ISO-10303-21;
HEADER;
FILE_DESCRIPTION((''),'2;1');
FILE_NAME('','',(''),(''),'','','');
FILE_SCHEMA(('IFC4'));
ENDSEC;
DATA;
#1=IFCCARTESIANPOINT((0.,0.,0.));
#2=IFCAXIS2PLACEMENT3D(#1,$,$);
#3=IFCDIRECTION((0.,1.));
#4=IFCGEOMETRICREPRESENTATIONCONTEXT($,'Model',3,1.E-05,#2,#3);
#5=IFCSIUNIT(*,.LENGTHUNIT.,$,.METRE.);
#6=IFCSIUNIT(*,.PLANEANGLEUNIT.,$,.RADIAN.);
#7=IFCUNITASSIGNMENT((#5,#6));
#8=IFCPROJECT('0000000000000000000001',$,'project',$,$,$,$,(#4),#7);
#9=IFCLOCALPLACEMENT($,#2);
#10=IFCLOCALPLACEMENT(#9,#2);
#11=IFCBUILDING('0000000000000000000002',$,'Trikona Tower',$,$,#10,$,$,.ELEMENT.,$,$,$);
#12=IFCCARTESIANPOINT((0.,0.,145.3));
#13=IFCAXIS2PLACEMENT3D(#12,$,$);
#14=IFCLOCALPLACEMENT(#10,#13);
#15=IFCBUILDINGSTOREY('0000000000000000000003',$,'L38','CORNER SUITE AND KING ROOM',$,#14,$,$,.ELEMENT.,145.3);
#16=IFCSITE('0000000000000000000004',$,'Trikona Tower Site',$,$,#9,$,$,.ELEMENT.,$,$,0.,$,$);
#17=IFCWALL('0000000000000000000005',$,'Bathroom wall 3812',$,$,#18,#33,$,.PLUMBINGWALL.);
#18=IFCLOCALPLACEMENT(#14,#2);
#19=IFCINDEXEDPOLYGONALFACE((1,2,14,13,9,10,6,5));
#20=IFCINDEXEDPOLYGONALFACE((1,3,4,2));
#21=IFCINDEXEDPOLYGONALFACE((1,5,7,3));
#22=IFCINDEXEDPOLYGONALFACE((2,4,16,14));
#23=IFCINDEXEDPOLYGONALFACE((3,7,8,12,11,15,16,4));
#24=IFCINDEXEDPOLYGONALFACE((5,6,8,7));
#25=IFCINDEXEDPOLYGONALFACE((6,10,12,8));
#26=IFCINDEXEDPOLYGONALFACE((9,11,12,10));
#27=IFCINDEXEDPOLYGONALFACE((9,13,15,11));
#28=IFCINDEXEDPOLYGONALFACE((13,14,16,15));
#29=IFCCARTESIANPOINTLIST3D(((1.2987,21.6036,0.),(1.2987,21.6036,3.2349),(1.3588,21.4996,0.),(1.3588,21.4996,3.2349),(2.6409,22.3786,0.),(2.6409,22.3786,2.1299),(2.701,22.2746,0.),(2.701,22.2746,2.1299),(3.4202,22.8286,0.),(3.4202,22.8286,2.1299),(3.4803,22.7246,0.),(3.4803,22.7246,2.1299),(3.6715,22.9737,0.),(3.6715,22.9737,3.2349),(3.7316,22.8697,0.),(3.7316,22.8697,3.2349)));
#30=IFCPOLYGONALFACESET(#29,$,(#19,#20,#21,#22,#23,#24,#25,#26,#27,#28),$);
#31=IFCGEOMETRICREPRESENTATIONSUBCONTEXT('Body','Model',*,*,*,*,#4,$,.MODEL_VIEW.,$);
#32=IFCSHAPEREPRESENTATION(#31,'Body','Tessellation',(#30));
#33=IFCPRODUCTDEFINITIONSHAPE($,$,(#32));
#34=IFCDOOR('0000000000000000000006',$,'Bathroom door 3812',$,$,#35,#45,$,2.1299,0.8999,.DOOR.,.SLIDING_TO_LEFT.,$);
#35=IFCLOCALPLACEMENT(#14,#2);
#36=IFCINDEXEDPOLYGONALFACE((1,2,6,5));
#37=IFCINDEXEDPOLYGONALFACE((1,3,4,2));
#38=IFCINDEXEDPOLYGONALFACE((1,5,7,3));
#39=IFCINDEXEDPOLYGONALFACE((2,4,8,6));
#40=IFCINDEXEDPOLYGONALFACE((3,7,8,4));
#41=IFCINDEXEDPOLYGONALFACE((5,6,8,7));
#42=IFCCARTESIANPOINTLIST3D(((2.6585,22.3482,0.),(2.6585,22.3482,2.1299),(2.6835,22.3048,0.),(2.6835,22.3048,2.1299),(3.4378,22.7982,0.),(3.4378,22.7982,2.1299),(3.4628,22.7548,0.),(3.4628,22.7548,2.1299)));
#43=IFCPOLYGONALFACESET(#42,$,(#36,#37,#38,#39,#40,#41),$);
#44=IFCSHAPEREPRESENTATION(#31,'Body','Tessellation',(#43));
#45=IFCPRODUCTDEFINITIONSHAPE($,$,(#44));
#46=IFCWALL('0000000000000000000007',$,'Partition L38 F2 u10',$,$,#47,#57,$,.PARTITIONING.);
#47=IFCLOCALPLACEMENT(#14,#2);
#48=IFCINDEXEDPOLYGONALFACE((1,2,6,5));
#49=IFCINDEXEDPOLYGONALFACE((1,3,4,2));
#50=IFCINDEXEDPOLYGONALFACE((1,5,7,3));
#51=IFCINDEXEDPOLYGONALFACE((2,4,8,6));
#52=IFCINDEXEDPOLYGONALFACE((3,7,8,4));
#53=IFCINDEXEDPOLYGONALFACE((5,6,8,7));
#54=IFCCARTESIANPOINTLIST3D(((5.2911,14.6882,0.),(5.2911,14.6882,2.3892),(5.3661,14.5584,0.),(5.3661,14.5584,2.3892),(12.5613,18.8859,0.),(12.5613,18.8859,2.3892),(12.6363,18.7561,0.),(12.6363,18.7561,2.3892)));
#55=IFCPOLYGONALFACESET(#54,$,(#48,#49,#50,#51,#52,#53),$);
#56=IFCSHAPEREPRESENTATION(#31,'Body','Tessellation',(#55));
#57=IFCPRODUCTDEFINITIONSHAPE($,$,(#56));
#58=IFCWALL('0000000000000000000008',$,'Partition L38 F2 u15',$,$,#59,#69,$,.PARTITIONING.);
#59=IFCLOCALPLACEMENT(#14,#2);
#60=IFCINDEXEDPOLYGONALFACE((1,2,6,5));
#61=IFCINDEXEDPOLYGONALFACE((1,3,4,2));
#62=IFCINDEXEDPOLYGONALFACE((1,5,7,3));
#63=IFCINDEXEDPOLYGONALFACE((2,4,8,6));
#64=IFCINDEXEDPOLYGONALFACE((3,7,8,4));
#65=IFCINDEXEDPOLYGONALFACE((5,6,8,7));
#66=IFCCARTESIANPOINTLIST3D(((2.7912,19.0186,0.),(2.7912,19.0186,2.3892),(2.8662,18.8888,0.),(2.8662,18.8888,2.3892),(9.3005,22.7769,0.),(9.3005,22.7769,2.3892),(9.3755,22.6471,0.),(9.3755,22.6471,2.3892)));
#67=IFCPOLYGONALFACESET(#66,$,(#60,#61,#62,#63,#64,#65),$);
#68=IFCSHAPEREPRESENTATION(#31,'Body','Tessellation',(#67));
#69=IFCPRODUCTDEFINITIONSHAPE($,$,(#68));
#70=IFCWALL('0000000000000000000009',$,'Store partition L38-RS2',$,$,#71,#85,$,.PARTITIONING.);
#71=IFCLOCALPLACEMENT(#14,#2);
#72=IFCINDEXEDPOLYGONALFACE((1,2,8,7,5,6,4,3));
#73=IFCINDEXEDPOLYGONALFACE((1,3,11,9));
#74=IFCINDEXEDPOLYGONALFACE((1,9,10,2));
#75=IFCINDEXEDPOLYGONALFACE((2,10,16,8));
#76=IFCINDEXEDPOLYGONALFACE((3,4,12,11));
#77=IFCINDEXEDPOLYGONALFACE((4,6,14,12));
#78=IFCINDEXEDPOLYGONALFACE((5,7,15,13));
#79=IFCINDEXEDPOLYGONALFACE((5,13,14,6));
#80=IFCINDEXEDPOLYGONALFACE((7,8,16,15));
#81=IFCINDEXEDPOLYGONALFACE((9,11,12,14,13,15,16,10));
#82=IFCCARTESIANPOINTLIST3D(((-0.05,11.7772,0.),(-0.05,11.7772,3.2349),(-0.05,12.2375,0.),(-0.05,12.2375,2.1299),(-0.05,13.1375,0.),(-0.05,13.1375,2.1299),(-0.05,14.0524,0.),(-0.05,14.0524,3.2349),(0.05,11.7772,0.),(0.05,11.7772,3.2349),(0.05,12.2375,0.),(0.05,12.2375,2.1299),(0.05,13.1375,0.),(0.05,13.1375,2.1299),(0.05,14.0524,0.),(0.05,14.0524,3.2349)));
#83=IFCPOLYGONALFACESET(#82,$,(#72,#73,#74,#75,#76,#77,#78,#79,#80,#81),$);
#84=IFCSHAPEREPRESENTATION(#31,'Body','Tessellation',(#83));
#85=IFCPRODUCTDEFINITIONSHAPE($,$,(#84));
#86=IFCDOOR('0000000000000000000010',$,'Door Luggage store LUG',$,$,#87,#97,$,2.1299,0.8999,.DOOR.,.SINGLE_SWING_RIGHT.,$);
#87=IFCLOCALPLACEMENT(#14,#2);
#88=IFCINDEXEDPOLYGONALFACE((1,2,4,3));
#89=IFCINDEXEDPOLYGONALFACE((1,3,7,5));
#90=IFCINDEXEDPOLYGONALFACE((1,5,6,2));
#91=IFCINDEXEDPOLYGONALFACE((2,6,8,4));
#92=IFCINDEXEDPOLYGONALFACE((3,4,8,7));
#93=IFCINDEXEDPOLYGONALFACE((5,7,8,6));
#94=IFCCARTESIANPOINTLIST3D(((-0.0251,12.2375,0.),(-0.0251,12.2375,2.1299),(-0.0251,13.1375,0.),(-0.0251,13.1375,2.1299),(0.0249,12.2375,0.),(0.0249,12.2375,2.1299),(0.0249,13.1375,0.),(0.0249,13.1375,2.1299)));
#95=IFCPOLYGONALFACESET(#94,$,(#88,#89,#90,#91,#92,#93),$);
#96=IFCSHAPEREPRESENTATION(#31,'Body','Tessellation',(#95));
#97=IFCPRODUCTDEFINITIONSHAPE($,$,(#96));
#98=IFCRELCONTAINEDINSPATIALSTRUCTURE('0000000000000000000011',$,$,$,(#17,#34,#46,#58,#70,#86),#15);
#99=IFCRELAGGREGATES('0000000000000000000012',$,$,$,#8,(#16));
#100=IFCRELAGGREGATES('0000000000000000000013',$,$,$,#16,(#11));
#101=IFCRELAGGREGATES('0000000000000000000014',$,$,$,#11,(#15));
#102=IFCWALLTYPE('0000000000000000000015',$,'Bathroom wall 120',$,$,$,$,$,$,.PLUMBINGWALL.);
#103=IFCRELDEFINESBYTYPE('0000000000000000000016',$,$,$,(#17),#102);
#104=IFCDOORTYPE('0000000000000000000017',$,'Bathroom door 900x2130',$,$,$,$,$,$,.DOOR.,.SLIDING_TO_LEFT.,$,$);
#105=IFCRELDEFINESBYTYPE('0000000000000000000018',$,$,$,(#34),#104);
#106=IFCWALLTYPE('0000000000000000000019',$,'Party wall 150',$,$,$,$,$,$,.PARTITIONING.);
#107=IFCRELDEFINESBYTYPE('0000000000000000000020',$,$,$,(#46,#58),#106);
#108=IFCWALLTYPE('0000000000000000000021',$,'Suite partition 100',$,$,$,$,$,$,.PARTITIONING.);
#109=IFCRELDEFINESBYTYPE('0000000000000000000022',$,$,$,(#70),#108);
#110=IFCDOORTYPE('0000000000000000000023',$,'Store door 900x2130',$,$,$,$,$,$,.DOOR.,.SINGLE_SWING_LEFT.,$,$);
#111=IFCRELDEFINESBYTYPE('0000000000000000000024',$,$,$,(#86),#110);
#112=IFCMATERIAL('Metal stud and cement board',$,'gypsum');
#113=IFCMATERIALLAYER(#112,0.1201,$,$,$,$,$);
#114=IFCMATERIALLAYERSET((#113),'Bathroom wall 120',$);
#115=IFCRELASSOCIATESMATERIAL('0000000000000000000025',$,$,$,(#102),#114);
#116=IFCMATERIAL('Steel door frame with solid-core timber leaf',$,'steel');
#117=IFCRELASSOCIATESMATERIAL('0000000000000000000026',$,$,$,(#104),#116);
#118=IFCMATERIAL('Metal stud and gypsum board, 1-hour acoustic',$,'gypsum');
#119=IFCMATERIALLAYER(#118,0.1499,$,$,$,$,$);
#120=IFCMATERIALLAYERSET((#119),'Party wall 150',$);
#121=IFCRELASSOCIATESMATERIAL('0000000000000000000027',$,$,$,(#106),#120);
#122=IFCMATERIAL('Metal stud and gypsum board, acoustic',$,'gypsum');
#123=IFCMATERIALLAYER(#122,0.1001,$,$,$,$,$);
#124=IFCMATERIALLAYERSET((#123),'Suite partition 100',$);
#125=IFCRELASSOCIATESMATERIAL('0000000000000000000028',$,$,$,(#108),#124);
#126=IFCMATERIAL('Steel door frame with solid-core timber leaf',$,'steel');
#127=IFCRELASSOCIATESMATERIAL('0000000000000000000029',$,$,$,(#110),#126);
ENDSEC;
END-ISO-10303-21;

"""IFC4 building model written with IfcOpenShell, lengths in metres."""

from ifc_helpers import new_model, si_unit, direction, frame, frame_2d, origin, place, context, subcontext, project, spatial, rectangle, extrude, material, layer, layer_set, type_object, element, fill, save


model = new_model("IFC4")

# Units and contexts
model_context = context("Model", 3, precision=1e-05, world=origin(), true_north=direction((0.0, 1.0)))
body_context = subcontext(model_context, "Body", "Model", "MODEL_VIEW")
ifc_project = project(units=[si_unit("LENGTHUNIT", "METRE"), si_unit("PLANEANGLEUNIT", "RADIAN")], contexts=[model_context])

# Site, building, storey
site_placement = place(None, origin())
site = spatial("IfcSite", under=ifc_project, at=site_placement, Name="Trikona Tower Site", CompositionType="ELEMENT", RefElevation=0.0)
building_placement = place(site_placement, origin())
building = spatial("IfcBuilding", under=site, at=building_placement, Name="Trikona Tower", CompositionType="ELEMENT")
storey_placement = place(building_placement, frame((0.0, 0.0, 145.3)))
storey = spatial("IfcBuildingStorey", under=building, at=storey_placement, Name="L38", Description="CORNER SUITE AND KING ROOM", CompositionType="ELEMENT", Elevation=145.3)

# Shared definitions
ifc_material_1 = material(Name="Metal stud and cement board", Category="gypsum")
ifc_layer_1 = layer(ifc_material_1, 0.1201)
ifc_layer_set_1 = layer_set([ifc_layer_1], Name="Bathroom wall 120")
wall_type_1 = type_object("IfcWallType", Name="Bathroom wall 120", PredefinedType="PLUMBINGWALL", material=ifc_layer_set_1)

# Shared definitions
ifc_material_2 = material(Name="Steel door frame with solid-core timber leaf", Category="steel")
door_type_1 = type_object("IfcDoorType", Name="Bathroom door 900x2130", OperationType="SLIDING_TO_LEFT", PredefinedType="DOOR", material=ifc_material_2)

# Wall, opening, door
wall_1_placement = place(storey_placement, frame((1.3286, 21.5515, 0.0), z_axis=(0.0, 0.0, 1.0), x_axis=(0.865997, 0.500049, 0.0)))
wall_1 = element("IfcWall", 1, at=wall_1_placement, inside=storey, type_object=wall_type_1, Name="Bathroom wall 3812", PredefinedType="PLUMBINGWALL", context=body_context, shape_type="SweptSolid", body=[
    extrude(rectangle(XDim=2.74, YDim=0.1201, at=frame_2d((1.3701, 0.0))), origin(), (0.0, 0.0, 1.0), 3.2349),
])
opening_1_placement = place(wall_1_placement, frame((1.55, 0.0, 0.0)))
opening_1 = element("IfcOpeningElement", 2, at=opening_1_placement, cuts=wall_1, PredefinedType="OPENING", context=body_context, shape_type="SweptSolid", body=[
    extrude(rectangle(XDim=0.8999, YDim=2.1299, at=frame_2d((0.45, 1.0649))), frame((0.0, 0.0701, 0.0), z_axis=(0.0, -1.0, 0.0), x_axis=(1.0, 0.0, 0.0)), (0.0, 0.0, 1.0), 0.1401),
])
door_1_placement = place(opening_1_placement, origin())
door_1 = element("IfcDoor", 3, at=door_1_placement, inside=storey, type_object=door_type_1, Name="Bathroom door 3812", OperationType="SLIDING_TO_LEFT", OverallHeight=2.1299, OverallWidth=0.8999, PredefinedType="DOOR", context=body_context, shape_type="SweptSolid", body=[
    extrude(rectangle(XDim=0.8999, YDim=2.1299, at=frame_2d((0.45, 1.0649))), frame((0.0, 0.0249, 0.0), z_axis=(0.0, -1.0, 0.0), x_axis=(1.0, 0.0, 0.0)), (0.0, 0.0, 1.0), 0.05),
])
fill(opening_1, door_1)

# Walls
ifc_material_3 = material(Name="Metal stud and gypsum board, 1-hour acoustic", Category="gypsum")
ifc_layer_2 = layer(ifc_material_3, 0.1499)
ifc_layer_set_2 = layer_set([ifc_layer_2], Name="Party wall 150")
wall_type_2 = type_object("IfcWallType", Name="Party wall 150", PredefinedType="PARTITIONING", material=ifc_layer_set_2)
wall_2_placement = place(storey_placement, frame((5.3286, 14.6233, 0.0), z_axis=(0.0, 0.0, 1.0), x_axis=(0.866012, 0.500024, 0.0)))
element("IfcWall", 4, at=wall_2_placement, inside=storey, type_object=wall_type_2, Name="Partition L38 F2 u10", PredefinedType="PARTITIONING", context=body_context, shape_type="SweptSolid", body=[
    extrude(rectangle(XDim=8.395, YDim=0.1499, at=frame_2d((4.1975, 0.0))), origin(), (0.0, 0.0, 1.0), 2.3892),
])
wall_3_placement = place(storey_placement, frame((2.8286, 18.9536, 0.0), z_axis=(0.0, 0.0, 1.0), x_axis=(0.866016, 0.500017, 0.0)))
element("IfcWall", 5, at=wall_3_placement, inside=storey, type_object=wall_type_2, Name="Partition L38 F2 u15", PredefinedType="PARTITIONING", context=body_context, shape_type="SweptSolid", body=[
    extrude(rectangle(XDim=7.5164, YDim=0.1499, at=frame_2d((3.7583, 0.0))), origin(), (0.0, 0.0, 1.0), 2.3892),
])

# Wall, opening, door
ifc_material_4 = material(Name="Metal stud and gypsum board, acoustic", Category="gypsum")
ifc_layer_3 = layer(ifc_material_4, 0.1001)
ifc_layer_set_3 = layer_set([ifc_layer_3], Name="Suite partition 100")
wall_type_3 = type_object("IfcWallType", Name="Suite partition 100", PredefinedType="PARTITIONING", material=ifc_layer_set_3)
wall_4_placement = place(storey_placement, frame((0.0, 14.0525, 0.0), z_axis=(0.0, 0.0, 1.0), x_axis=(0.0, -1.0, 0.0)))
wall_4 = element("IfcWall", 6, at=wall_4_placement, inside=storey, type_object=wall_type_3, Name="Store partition L38-RS2", PredefinedType="PARTITIONING", context=body_context, shape_type="SweptSolid", body=[
    extrude(rectangle(XDim=2.2751, YDim=0.1001, at=frame_2d((1.1377, 0.0))), origin(), (0.0, 0.0, 1.0), 3.2349),
])
opening_2_placement = place(wall_4_placement, frame((0.915, 0.0, 0.0)))
opening_2 = element("IfcOpeningElement", 7, at=opening_2_placement, cuts=wall_4, PredefinedType="OPENING", context=body_context, shape_type="SweptSolid", body=[
    extrude(rectangle(XDim=0.8999, YDim=2.1299, at=frame_2d((0.45, 1.0649))), frame((0.0, 0.0601, 0.0), z_axis=(0.0, -1.0, 0.0), x_axis=(1.0, 0.0, 0.0)), (0.0, 0.0, 1.0), 0.1201),
])
ifc_material_5 = material(Name="Steel door frame with solid-core timber leaf", Category="steel")
door_type_2 = type_object("IfcDoorType", Name="Store door 900x2130", OperationType="SINGLE_SWING_LEFT", PredefinedType="DOOR", material=ifc_material_5)
door_2_placement = place(opening_2_placement, origin())
door_2 = element("IfcDoor", 8, at=door_2_placement, inside=storey, type_object=door_type_2, Name="Door Luggage store LUG", OperationType="SINGLE_SWING_RIGHT", OverallHeight=2.1299, OverallWidth=0.8999, PredefinedType="DOOR", context=body_context, shape_type="SweptSolid", body=[
    extrude(rectangle(XDim=0.8999, YDim=2.1299, at=frame_2d((0.45, 1.0649))), frame((0.0, 0.0249, 0.0), z_axis=(0.0, -1.0, 0.0), x_axis=(1.0, 0.0, 0.0)), (0.0, 0.0, 1.0), 0.05),
])
fill(opening_2, door_2)

save(model, "model.ifc")
